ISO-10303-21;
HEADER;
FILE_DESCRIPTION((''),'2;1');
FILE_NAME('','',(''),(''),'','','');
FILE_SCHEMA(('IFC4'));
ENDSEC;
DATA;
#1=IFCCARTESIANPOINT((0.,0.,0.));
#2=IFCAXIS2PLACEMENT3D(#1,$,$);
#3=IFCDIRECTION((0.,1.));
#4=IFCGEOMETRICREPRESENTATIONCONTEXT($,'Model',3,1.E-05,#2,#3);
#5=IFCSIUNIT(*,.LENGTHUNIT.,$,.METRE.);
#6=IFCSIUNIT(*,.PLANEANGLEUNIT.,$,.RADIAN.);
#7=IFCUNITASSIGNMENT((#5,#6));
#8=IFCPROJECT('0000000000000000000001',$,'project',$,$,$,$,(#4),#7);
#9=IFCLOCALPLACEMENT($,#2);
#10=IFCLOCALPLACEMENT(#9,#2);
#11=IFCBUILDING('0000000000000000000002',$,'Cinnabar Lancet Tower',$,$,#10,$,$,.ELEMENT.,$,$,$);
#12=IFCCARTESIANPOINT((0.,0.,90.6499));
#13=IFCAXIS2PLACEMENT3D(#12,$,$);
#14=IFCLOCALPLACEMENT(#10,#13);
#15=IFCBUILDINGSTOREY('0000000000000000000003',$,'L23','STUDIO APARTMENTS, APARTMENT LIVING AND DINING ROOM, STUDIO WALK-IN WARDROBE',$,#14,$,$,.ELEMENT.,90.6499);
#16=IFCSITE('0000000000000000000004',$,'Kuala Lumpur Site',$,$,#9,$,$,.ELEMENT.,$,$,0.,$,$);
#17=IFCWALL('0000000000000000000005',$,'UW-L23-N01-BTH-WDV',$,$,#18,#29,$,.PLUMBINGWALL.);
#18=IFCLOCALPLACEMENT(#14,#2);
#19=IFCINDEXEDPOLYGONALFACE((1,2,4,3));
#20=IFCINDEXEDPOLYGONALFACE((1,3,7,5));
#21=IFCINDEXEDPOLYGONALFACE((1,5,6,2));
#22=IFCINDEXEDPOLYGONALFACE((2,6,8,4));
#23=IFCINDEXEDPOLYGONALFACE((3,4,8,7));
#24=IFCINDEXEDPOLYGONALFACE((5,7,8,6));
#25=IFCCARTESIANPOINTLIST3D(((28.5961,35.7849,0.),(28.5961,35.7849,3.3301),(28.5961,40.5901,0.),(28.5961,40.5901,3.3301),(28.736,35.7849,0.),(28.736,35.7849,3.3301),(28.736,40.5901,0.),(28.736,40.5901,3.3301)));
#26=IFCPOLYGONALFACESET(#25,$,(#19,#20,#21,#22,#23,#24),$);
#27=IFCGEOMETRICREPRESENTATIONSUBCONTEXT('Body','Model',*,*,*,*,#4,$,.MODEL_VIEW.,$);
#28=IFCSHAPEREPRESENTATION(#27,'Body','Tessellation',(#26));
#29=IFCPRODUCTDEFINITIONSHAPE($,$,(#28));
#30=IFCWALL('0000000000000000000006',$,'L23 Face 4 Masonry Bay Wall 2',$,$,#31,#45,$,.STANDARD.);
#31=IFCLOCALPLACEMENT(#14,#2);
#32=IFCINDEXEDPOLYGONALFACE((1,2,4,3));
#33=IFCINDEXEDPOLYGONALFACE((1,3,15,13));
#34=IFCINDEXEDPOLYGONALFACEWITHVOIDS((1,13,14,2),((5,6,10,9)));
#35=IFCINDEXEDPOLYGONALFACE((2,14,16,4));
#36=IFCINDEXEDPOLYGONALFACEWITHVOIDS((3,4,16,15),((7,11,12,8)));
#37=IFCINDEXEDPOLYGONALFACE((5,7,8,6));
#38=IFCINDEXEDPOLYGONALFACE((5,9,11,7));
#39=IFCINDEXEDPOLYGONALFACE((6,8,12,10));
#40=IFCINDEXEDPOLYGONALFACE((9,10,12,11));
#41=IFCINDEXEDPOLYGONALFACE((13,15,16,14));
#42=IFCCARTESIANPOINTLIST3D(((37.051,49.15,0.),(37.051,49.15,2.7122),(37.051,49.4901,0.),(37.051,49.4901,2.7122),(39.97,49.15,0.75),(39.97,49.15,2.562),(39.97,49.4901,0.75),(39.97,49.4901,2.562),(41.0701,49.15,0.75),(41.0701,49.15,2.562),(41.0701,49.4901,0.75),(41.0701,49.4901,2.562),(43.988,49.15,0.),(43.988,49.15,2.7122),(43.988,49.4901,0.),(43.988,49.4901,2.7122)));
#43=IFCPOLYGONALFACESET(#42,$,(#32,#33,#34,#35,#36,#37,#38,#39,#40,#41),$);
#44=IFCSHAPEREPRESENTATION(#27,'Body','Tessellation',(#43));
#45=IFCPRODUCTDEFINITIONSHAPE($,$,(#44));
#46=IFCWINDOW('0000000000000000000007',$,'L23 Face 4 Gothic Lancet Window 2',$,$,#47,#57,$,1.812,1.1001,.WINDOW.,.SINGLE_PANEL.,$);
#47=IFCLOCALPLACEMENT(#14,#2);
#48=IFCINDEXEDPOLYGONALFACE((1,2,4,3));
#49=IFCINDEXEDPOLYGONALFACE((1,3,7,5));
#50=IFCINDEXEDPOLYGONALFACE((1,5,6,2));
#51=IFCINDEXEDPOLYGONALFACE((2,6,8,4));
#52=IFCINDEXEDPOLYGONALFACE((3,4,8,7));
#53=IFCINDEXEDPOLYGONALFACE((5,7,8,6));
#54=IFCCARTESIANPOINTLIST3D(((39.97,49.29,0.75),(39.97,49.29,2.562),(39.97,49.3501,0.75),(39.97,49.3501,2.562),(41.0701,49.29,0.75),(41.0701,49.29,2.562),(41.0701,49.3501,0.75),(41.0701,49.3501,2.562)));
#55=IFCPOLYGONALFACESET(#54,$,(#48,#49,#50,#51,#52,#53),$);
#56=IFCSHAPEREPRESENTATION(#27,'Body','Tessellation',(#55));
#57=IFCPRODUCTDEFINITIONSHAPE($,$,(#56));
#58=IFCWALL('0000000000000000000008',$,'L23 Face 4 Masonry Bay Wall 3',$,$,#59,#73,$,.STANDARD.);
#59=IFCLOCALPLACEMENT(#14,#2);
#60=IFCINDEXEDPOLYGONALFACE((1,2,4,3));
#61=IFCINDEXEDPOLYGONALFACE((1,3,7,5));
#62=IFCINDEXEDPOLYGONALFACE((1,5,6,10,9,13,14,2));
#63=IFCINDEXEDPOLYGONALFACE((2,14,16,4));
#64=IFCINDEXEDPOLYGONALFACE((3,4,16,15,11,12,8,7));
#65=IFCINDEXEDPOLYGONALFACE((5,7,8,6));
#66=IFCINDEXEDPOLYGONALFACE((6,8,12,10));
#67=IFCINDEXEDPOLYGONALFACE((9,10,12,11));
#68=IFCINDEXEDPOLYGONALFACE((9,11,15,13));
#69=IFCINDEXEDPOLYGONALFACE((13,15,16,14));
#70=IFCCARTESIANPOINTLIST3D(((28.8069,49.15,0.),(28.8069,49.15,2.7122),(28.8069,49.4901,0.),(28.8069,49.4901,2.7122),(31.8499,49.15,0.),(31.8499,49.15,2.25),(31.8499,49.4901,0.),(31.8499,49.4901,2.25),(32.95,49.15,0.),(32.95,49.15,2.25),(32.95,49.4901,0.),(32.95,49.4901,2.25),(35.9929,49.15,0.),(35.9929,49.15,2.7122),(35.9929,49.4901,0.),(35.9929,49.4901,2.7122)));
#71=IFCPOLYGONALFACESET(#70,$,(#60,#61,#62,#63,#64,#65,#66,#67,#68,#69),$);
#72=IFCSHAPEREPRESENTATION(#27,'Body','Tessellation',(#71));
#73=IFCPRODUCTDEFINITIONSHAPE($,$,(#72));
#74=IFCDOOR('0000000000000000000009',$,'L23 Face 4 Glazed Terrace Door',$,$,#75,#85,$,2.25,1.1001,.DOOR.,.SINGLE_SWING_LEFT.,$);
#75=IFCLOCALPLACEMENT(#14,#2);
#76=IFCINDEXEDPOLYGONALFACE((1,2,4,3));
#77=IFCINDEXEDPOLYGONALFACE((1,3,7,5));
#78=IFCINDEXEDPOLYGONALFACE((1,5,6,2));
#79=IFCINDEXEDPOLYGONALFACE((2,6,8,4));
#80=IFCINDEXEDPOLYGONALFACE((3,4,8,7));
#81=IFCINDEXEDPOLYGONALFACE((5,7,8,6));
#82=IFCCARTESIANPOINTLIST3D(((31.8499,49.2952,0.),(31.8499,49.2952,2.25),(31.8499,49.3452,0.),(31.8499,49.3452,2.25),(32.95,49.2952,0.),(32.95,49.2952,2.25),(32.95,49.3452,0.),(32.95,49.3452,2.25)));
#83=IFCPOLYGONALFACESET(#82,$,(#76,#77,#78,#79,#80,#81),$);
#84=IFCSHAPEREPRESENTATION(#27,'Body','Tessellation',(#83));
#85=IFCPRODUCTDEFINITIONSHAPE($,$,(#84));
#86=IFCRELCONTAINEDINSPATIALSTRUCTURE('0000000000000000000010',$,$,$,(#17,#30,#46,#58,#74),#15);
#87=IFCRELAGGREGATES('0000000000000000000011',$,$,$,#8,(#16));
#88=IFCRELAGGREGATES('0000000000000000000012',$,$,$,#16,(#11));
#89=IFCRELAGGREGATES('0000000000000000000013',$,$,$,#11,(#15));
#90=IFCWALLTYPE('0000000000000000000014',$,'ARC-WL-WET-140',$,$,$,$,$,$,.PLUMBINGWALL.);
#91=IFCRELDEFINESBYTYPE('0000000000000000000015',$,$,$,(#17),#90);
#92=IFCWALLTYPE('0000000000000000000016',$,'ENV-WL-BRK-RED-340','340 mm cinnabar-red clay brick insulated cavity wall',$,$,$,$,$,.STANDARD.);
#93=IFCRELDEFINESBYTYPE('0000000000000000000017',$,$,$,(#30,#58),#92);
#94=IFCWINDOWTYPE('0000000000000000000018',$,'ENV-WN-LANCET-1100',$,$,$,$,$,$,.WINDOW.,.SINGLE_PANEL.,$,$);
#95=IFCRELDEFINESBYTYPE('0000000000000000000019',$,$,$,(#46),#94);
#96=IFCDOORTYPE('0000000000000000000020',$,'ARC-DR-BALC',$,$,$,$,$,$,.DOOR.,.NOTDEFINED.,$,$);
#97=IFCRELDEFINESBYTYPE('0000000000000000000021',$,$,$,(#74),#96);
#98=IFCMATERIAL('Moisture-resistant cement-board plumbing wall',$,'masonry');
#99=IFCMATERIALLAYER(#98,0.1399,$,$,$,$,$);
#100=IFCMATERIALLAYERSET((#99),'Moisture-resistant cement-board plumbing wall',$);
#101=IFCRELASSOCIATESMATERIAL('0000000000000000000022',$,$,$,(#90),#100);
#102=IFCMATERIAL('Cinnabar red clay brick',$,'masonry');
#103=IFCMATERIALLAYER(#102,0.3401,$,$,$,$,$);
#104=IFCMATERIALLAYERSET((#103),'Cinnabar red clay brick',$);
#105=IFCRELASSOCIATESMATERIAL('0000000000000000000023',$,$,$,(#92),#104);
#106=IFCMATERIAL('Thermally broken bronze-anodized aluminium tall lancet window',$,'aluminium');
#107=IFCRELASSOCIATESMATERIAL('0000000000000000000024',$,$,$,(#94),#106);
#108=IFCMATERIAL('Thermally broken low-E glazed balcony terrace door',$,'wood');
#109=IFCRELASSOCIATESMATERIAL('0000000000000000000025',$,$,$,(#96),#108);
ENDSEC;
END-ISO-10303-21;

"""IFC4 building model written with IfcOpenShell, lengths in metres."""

from ifc_helpers import new_model, si_unit, direction, frame, frame_2d, origin, place, context, subcontext, project, spatial, rectangle, extrude, material, layer, layer_set, type_object, element, fill, save


model = new_model("IFC4")

# Units and contexts
model_context = context("Model", 3, precision=1e-05, world=origin(), true_north=direction((0.0, 1.0)))
body_context = subcontext(model_context, "Body", "Model", "MODEL_VIEW")
ifc_project = project(units=[si_unit("LENGTHUNIT", "METRE"), si_unit("PLANEANGLEUNIT", "RADIAN")], contexts=[model_context])

# Site, building, storey
site_placement = place(None, origin())
site = spatial("IfcSite", under=ifc_project, at=site_placement, Name="Kuala Lumpur Site", CompositionType="ELEMENT", RefElevation=0.0)
building_placement = place(site_placement, origin())
building = spatial("IfcBuilding", under=site, at=building_placement, Name="Cinnabar Lancet Tower", CompositionType="ELEMENT")
storey_placement = place(building_placement, frame((0.0, 0.0, 90.6499)))
storey = spatial("IfcBuildingStorey", under=building, at=storey_placement, Name="L23", Description="STUDIO APARTMENTS, APARTMENT LIVING AND DINING ROOM, STUDIO WALK-IN WARDROBE", CompositionType="ELEMENT", Elevation=90.6499)

# Wall
ifc_material_1 = material(Name="Moisture-resistant cement-board plumbing wall", Category="masonry")
ifc_layer_1 = layer(ifc_material_1, 0.1399)
ifc_layer_set_1 = layer_set([ifc_layer_1], Name="Moisture-resistant cement-board plumbing wall")
wall_type_1 = type_object("IfcWallType", Name="ARC-WL-WET-140", PredefinedType="PLUMBINGWALL", material=ifc_layer_set_1)
wall_1_placement = place(storey_placement, frame((28.666, 35.7849, 0.0), z_axis=(0.0, 0.0, 1.0), x_axis=(0.0, 1.0, 0.0)))
element("IfcWall", 1, at=wall_1_placement, inside=storey, type_object=wall_type_1, Name="UW-L23-N01-BTH-WDV", PredefinedType="PLUMBINGWALL", context=body_context, shape_type="SweptSolid", body=[
    extrude(rectangle(XDim=4.8052, YDim=0.1399, at=frame_2d((2.4026, 0.0))), origin(), (0.0, 0.0, 1.0), 3.3301),
])

# Wall, opening, window
ifc_material_2 = material(Name="Cinnabar red clay brick", Category="masonry")
ifc_layer_2 = layer(ifc_material_2, 0.3401)
ifc_layer_set_2 = layer_set([ifc_layer_2], Name="Cinnabar red clay brick")
wall_type_2 = type_object("IfcWallType", Name="ENV-WL-BRK-RED-340", Description="340 mm cinnabar-red clay brick insulated cavity wall", PredefinedType="STANDARD", material=ifc_layer_set_2)
wall_2_placement = place(storey_placement, frame((43.988, 49.3201, 0.0), z_axis=(0.0, 0.0, 1.0), x_axis=(-1.0, 0.0, 0.0)))
wall_2 = element("IfcWall", 2, at=wall_2_placement, inside=storey, type_object=wall_type_2, Name="L23 Face 4 Masonry Bay Wall 2", PredefinedType="STANDARD", context=body_context, shape_type="SweptSolid", body=[
    extrude(rectangle(XDim=6.937, YDim=0.3401, at=frame_2d((3.4685, 0.0))), origin(), (0.0, 0.0, 1.0), 2.7122),
])
opening_1_placement = place(wall_2_placement, frame((2.918, 0.0, 0.75)))
opening_1 = element("IfcOpeningElement", 3, at=opening_1_placement, cuts=wall_2, PredefinedType="OPENING", context=body_context, shape_type="SweptSolid", body=[
    extrude(rectangle(XDim=1.1001, YDim=1.812, at=frame_2d((0.55, 0.906))), frame((0.0, 0.1799, 0.0), z_axis=(0.0, -1.0, 0.0), x_axis=(1.0, 0.0, 0.0)), (0.0, 0.0, 1.0), 0.3601),
])
ifc_material_3 = material(Name="Thermally broken bronze-anodized aluminium tall lancet window", Category="aluminium")
window_type = type_object("IfcWindowType", Name="ENV-WN-LANCET-1100", PartitioningType="SINGLE_PANEL", PredefinedType="WINDOW", material=ifc_material_3)
window_placement = place(opening_1_placement, origin())
window = element("IfcWindow", 4, at=window_placement, inside=storey, type_object=window_type, Name="L23 Face 4 Gothic Lancet Window 2", OverallHeight=1.812, OverallWidth=1.1001, PartitioningType="SINGLE_PANEL", PredefinedType="WINDOW", context=body_context, shape_type="SweptSolid", body=[
    extrude(rectangle(XDim=1.1001, YDim=1.812, at=frame_2d((0.55, 0.906))), frame((0.0, 0.03, 0.0), z_axis=(0.0, -1.0, 0.0), x_axis=(1.0, 0.0, 0.0)), (0.0, 0.0, 1.0), 0.0601),
])
fill(opening_1, window)

# Wall, opening, door
wall_3_placement = place(storey_placement, frame((35.9929, 49.3201, 0.0), z_axis=(0.0, 0.0, 1.0), x_axis=(-1.0, 0.0, 0.0)))
wall_3 = element("IfcWall", 5, at=wall_3_placement, inside=storey, type_object=wall_type_2, Name="L23 Face 4 Masonry Bay Wall 3", PredefinedType="STANDARD", context=body_context, shape_type="SweptSolid", body=[
    extrude(rectangle(XDim=7.186, YDim=0.3401, at=frame_2d((3.593, 0.0))), origin(), (0.0, 0.0, 1.0), 2.7122),
])
opening_2_placement = place(wall_3_placement, frame((3.043, 0.0, 0.0)))
opening_2 = element("IfcOpeningElement", 6, at=opening_2_placement, cuts=wall_3, PredefinedType="OPENING", context=body_context, shape_type="SweptSolid", body=[
    extrude(rectangle(XDim=1.1001, YDim=2.25, at=frame_2d((0.55, 1.125))), frame((0.0, 0.1799, 0.0), z_axis=(0.0, -1.0, 0.0), x_axis=(1.0, 0.0, 0.0)), (0.0, 0.0, 1.0), 0.3601),
])
ifc_material_4 = material(Name="Thermally broken low-E glazed balcony terrace door", Category="wood")
door_type = type_object("IfcDoorType", Name="ARC-DR-BALC", OperationType="NOTDEFINED", PredefinedType="DOOR", material=ifc_material_4)
door_placement = place(opening_2_placement, origin())
door = element("IfcDoor", 7, at=door_placement, inside=storey, type_object=door_type, Name="L23 Face 4 Glazed Terrace Door", OperationType="SINGLE_SWING_LEFT", OverallHeight=2.25, OverallWidth=1.1001, PredefinedType="DOOR", context=body_context, shape_type="SweptSolid", body=[
    extrude(rectangle(XDim=1.1001, YDim=2.25, at=frame_2d((0.55, 1.125))), frame((0.0, 0.0249, 0.0), z_axis=(0.0, -1.0, 0.0), x_axis=(1.0, 0.0, 0.0)), (0.0, 0.0, 1.0), 0.05),
])
fill(opening_2, door)

save(model, "model.ifc")
